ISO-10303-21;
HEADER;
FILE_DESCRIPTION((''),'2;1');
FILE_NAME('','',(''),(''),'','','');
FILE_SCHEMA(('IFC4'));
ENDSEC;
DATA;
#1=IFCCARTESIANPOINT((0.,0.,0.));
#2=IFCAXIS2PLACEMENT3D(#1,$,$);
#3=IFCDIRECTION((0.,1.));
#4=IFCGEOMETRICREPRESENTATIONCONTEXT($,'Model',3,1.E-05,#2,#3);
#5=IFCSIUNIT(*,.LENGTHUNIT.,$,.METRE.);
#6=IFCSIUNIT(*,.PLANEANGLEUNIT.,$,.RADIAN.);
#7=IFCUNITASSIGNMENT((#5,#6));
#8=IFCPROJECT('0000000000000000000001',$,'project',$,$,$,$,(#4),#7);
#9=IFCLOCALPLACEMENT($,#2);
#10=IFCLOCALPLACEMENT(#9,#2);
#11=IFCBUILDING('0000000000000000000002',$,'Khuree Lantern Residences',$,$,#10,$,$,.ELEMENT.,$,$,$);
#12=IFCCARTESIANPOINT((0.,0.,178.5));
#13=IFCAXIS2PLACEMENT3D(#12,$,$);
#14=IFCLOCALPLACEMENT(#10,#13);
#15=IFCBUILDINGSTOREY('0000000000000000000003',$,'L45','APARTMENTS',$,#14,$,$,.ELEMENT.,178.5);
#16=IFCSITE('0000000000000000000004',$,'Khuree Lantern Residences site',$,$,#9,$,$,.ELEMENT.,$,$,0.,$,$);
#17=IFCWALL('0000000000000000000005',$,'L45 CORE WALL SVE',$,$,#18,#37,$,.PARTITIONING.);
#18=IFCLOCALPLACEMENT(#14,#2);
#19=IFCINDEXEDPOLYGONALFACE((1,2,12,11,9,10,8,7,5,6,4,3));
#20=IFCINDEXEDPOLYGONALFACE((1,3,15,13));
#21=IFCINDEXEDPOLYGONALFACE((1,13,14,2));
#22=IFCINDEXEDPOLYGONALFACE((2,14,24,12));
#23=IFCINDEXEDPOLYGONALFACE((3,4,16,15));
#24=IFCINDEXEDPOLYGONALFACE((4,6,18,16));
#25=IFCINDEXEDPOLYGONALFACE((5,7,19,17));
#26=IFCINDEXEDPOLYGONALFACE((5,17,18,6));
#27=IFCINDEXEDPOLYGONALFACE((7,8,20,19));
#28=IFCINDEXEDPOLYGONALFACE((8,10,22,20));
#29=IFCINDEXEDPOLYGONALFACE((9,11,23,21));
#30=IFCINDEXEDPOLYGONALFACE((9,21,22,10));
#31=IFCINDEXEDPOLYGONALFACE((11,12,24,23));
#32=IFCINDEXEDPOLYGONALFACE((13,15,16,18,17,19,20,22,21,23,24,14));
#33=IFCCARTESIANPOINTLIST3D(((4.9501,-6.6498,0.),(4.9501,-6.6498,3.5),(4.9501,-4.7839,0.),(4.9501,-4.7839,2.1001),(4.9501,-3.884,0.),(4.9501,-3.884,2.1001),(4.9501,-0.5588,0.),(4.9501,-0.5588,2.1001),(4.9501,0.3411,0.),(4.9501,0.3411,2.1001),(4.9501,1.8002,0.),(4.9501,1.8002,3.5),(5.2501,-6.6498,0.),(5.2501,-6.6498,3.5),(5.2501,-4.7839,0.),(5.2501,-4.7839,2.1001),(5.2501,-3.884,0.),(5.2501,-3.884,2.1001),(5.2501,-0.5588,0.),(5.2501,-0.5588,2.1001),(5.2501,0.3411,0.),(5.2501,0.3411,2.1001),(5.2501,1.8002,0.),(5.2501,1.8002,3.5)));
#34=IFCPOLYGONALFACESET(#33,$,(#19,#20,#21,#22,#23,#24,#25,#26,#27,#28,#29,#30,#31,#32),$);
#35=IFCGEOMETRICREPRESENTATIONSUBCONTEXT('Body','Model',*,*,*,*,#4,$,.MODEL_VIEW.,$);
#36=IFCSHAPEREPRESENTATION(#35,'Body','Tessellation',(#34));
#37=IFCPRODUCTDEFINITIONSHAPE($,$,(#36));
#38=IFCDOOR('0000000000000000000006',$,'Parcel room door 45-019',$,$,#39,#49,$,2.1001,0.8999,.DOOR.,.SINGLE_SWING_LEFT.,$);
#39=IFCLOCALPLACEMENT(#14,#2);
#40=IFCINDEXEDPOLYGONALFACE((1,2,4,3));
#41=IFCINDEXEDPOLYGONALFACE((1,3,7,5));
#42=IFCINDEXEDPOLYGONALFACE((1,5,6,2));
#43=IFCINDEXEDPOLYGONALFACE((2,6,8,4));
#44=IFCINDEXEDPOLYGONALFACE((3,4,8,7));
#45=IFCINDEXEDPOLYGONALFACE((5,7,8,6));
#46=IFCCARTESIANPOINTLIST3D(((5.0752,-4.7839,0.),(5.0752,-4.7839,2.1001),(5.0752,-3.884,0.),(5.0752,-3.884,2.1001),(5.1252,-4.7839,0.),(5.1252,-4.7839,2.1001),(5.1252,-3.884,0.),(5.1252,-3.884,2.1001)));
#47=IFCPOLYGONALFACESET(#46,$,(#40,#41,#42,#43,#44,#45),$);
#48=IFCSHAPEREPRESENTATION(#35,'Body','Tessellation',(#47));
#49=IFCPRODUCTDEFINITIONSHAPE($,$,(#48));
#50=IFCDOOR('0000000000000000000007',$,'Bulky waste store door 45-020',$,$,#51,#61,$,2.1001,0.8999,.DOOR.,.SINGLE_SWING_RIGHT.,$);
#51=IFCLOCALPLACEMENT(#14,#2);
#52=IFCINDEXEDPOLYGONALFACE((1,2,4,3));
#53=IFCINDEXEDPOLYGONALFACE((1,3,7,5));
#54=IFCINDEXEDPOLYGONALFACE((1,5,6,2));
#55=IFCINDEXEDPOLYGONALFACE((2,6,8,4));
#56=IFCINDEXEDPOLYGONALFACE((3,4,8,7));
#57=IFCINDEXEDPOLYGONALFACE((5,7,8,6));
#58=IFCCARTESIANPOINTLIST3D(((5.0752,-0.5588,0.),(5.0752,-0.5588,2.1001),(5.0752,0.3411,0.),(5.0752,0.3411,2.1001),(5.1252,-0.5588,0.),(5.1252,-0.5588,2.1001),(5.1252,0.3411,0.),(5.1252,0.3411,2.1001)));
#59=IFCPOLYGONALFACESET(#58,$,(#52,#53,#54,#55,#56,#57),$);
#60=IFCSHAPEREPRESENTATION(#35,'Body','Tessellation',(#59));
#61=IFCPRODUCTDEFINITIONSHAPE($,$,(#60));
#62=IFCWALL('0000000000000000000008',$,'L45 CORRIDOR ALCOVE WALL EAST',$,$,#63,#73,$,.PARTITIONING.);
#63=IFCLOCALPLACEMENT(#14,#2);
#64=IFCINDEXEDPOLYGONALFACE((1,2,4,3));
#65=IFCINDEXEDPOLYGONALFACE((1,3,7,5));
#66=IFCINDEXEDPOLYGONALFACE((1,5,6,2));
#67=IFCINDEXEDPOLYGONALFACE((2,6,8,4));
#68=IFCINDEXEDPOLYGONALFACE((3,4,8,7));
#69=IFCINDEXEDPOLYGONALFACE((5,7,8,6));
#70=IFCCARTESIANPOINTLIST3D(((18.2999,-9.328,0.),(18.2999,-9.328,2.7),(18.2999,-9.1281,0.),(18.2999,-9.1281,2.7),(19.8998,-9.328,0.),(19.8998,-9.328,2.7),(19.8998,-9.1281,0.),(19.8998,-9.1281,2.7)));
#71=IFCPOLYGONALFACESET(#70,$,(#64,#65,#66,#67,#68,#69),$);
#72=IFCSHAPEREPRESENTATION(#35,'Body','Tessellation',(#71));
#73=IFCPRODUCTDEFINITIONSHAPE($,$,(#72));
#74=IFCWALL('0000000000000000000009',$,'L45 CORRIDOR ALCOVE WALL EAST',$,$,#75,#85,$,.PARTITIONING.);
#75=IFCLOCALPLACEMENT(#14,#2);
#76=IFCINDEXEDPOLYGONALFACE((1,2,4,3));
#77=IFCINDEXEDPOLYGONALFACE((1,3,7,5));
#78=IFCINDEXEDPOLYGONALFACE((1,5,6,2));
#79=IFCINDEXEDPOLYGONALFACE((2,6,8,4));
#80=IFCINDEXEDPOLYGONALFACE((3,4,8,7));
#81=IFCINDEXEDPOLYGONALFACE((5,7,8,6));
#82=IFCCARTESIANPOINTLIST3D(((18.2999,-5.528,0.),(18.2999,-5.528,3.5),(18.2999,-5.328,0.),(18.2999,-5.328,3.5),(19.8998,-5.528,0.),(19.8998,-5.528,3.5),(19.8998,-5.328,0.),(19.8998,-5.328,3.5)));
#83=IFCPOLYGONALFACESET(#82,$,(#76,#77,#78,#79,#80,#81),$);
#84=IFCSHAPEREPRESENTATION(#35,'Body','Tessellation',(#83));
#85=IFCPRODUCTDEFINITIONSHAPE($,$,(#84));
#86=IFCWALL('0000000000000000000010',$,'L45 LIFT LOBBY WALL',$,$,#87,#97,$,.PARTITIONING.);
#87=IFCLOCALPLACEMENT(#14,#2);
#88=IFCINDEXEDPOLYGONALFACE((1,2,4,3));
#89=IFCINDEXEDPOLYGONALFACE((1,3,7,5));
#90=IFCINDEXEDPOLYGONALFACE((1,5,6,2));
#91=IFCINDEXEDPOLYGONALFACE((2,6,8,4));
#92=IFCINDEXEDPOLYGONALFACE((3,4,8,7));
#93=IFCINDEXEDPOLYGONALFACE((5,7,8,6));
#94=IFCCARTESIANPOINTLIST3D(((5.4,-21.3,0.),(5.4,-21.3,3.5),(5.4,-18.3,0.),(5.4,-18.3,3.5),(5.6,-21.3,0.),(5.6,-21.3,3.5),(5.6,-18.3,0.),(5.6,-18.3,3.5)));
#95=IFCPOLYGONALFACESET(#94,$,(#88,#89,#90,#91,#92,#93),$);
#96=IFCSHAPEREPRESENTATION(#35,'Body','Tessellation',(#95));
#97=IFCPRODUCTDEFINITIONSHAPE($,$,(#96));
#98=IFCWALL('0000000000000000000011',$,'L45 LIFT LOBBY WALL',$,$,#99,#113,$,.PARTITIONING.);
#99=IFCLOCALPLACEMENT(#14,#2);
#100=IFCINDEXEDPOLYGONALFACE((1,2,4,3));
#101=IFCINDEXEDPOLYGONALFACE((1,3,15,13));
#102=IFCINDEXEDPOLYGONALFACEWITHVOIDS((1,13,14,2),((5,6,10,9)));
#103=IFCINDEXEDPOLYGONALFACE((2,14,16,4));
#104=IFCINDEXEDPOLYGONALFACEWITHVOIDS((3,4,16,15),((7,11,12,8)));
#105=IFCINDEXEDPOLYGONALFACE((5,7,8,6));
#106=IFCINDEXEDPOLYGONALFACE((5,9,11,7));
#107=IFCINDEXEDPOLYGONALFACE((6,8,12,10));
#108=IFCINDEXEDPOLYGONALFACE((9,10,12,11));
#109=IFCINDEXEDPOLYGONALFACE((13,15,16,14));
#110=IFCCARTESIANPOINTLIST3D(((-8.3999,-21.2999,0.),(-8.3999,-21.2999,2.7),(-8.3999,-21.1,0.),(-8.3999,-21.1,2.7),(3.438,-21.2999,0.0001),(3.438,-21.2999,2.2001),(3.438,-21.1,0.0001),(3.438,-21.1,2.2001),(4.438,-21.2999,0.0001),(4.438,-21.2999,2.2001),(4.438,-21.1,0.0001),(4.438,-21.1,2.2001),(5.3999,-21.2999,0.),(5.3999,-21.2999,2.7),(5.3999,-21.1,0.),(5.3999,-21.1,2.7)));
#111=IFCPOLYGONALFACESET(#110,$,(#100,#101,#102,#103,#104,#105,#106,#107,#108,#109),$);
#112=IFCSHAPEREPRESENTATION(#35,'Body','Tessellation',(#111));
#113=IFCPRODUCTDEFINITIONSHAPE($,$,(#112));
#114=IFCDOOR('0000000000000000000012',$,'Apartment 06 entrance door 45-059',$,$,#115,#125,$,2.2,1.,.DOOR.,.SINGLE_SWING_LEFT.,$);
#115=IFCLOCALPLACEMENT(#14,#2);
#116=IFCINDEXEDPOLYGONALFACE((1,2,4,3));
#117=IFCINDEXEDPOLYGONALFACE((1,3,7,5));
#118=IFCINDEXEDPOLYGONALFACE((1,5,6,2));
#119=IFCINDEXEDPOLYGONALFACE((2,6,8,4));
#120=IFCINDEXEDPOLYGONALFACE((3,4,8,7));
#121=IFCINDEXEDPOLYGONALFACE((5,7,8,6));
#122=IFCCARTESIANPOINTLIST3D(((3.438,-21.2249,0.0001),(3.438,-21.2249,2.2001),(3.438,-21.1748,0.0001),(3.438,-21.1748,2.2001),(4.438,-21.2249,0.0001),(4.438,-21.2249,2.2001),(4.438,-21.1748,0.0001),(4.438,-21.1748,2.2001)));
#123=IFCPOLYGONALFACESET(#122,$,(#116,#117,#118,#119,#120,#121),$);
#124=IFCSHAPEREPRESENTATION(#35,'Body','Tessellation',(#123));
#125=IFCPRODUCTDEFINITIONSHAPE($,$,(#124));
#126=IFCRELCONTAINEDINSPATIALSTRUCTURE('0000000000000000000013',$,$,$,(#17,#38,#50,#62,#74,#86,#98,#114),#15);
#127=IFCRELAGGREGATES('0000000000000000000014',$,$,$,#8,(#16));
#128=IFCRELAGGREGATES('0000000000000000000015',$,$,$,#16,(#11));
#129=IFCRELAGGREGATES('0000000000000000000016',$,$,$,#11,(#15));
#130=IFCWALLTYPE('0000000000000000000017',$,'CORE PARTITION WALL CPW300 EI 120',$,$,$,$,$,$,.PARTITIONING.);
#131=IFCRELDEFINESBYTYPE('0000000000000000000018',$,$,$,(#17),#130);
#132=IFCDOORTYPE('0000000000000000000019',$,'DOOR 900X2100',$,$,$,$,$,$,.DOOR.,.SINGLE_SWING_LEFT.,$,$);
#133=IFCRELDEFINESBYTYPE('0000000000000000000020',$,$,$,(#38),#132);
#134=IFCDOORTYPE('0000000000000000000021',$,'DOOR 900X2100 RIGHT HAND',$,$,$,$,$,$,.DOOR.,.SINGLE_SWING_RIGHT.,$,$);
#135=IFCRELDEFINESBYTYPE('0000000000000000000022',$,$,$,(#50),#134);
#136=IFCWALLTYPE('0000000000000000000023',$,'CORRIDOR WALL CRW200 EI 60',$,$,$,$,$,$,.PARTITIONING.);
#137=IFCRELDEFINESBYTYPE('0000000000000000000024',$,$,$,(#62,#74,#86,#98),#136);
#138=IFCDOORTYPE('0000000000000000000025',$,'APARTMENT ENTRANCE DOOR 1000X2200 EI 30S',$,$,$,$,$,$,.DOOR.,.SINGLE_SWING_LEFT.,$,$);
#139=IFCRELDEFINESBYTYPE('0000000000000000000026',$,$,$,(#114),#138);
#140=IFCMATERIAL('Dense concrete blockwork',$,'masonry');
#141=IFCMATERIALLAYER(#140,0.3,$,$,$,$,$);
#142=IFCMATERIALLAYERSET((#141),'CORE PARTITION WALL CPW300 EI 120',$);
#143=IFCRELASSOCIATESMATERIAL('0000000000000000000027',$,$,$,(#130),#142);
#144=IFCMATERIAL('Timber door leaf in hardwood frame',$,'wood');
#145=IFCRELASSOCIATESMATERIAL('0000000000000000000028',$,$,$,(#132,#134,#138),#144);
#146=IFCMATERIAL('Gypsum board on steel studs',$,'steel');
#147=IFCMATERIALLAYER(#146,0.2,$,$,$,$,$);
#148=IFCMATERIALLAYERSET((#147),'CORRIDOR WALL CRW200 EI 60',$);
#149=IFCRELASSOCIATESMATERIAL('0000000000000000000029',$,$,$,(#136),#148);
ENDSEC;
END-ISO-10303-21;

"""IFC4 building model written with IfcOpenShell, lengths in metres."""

from ifc_helpers import new_model, si_unit, direction, frame, frame_2d, origin, place, context, subcontext, project, spatial, rectangle, extrude, material, layer, layer_set, type_object, element, fill, save


model = new_model("IFC4")

# Units and contexts
model_context = context("Model", 3, precision=1e-05, world=origin(), true_north=direction((0.0, 1.0)))
body_context = subcontext(model_context, "Body", "Model", "MODEL_VIEW")
ifc_project = project(units=[si_unit("LENGTHUNIT", "METRE"), si_unit("PLANEANGLEUNIT", "RADIAN")], contexts=[model_context])

# Site, building, storey
site_placement = place(None, origin())
site = spatial("IfcSite", under=ifc_project, at=site_placement, Name="Khuree Lantern Residences site", CompositionType="ELEMENT", RefElevation=0.0)
building_placement = place(site_placement, origin())
building = spatial("IfcBuilding", under=site, at=building_placement, Name="Khuree Lantern Residences", CompositionType="ELEMENT")
storey_placement = place(building_placement, frame((0.0, 0.0, 178.5)))
storey = spatial("IfcBuildingStorey", under=building, at=storey_placement, Name="L45", Description="APARTMENTS", CompositionType="ELEMENT", Elevation=178.5)

# Shared definitions
ifc_material_1 = material(Name="Timber door leaf in hardwood frame", Category="wood")

# Shared definitions
ifc_material_2 = material(Name="Dense concrete blockwork", Category="masonry")
ifc_layer_1 = layer(ifc_material_2, 0.3)
ifc_layer_set_1 = layer_set([ifc_layer_1], Name="CORE PARTITION WALL CPW300 EI 120")
wall_type_1 = type_object("IfcWallType", Name="CORE PARTITION WALL CPW300 EI 120", PredefinedType="PARTITIONING", material=ifc_layer_set_1)

# Wall, openings, doors
wall_1_placement = place(storey_placement, frame((5.1001, -6.6499, 0.0), z_axis=(0.0, 0.0, 1.0), x_axis=(0.0, 1.0, 0.0)))
wall_1 = element("IfcWall", 1, at=wall_1_placement, inside=storey, type_object=wall_type_1, Name="L45 CORE WALL SVE", PredefinedType="PARTITIONING", context=body_context, shape_type="SweptSolid", body=[
    extrude(rectangle(XDim=8.45, YDim=0.3, at=frame_2d((4.2251, 0.0))), origin(), (0.0, 0.0, 1.0), 3.5),
])
opening_1_placement = place(wall_1_placement, frame((1.866, 0.0, 0.0)))
opening_1 = element("IfcOpeningElement", 2, at=opening_1_placement, cuts=wall_1, PredefinedType="OPENING", context=body_context, shape_type="SweptSolid", body=[
    extrude(rectangle(XDim=0.8999, YDim=2.1001, at=frame_2d((0.45, 1.05))), frame((0.0, 0.1602, 0.0), z_axis=(0.0, -1.0, 0.0), x_axis=(1.0, 0.0, 0.0)), (0.0, 0.0, 1.0), 0.3201),
])
opening_2_placement = place(wall_1_placement, frame((6.0911, 0.0, 0.0)))
opening_2 = element("IfcOpeningElement", 3, at=opening_2_placement, cuts=wall_1, PredefinedType="OPENING", context=body_context, shape_type="SweptSolid", body=[
    extrude(rectangle(XDim=0.8999, YDim=2.1001, at=frame_2d((0.45, 1.05))), frame((0.0, 0.1602, 0.0), z_axis=(0.0, -1.0, 0.0), x_axis=(1.0, 0.0, 0.0)), (0.0, 0.0, 1.0), 0.3201),
])
door_type_1 = type_object("IfcDoorType", Name="DOOR 900X2100", OperationType="SINGLE_SWING_LEFT", PredefinedType="DOOR", material=ifc_material_1)
door_1_placement = place(opening_1_placement, origin())
door_1 = element("IfcDoor", 4, at=door_1_placement, inside=storey, type_object=door_type_1, Name="Parcel room door 45-019", OperationType="SINGLE_SWING_LEFT", OverallHeight=2.1001, OverallWidth=0.8999, PredefinedType="DOOR", context=body_context, shape_type="SweptSolid", body=[
    extrude(rectangle(XDim=0.8999, YDim=2.1001, at=frame_2d((0.45, 1.05))), frame((0.0, 0.0249, 0.0), z_axis=(0.0, -1.0, 0.0), x_axis=(1.0, 0.0, 0.0)), (0.0, 0.0, 1.0), 0.05),
])
fill(opening_1, door_1)
door_type_2 = type_object("IfcDoorType", Name="DOOR 900X2100 RIGHT HAND", OperationType="SINGLE_SWING_RIGHT", PredefinedType="DOOR", material=ifc_material_1)
door_2_placement = place(opening_2_placement, origin())
door_2 = element("IfcDoor", 5, at=door_2_placement, inside=storey, type_object=door_type_2, Name="Bulky waste store door 45-020", OperationType="SINGLE_SWING_RIGHT", OverallHeight=2.1001, OverallWidth=0.8999, PredefinedType="DOOR", context=body_context, shape_type="SweptSolid", body=[
    extrude(rectangle(XDim=0.8999, YDim=2.1001, at=frame_2d((0.45, 1.05))), frame((0.0, 0.0249, 0.0), z_axis=(0.0, -1.0, 0.0), x_axis=(1.0, 0.0, 0.0)), (0.0, 0.0, 1.0), 0.05),
])
fill(opening_2, door_2)

# Walls
ifc_material_3 = material(Name="Gypsum board on steel studs", Category="steel")
ifc_layer_2 = layer(ifc_material_3, 0.2)
ifc_layer_set_2 = layer_set([ifc_layer_2], Name="CORRIDOR WALL CRW200 EI 60")
wall_type_2 = type_object("IfcWallType", Name="CORRIDOR WALL CRW200 EI 60", PredefinedType="PARTITIONING", material=ifc_layer_set_2)
wall_2_placement = place(storey_placement, frame((18.3, -9.228, 0.0), z_axis=(0.0, 0.0, 1.0), x_axis=(1.0, 0.0, 0.0)))
element("IfcWall", 6, at=wall_2_placement, inside=storey, type_object=wall_type_2, Name="L45 CORRIDOR ALCOVE WALL EAST", PredefinedType="PARTITIONING", context=body_context, shape_type="SweptSolid", body=[
    extrude(rectangle(XDim=1.5999, YDim=0.2, at=frame_2d((0.7998, 0.0))), origin(), (0.0, 0.0, 1.0), 2.7),
])
wall_3_placement = place(storey_placement, frame((18.3, -5.428, 0.0), z_axis=(0.0, 0.0, 1.0), x_axis=(1.0, 0.0, 0.0)))
element("IfcWall", 7, at=wall_3_placement, inside=storey, type_object=wall_type_2, Name="L45 CORRIDOR ALCOVE WALL EAST", PredefinedType="PARTITIONING", context=body_context, shape_type="SweptSolid", body=[
    extrude(rectangle(XDim=1.5999, YDim=0.2, at=frame_2d((0.7998, 0.0))), origin(), (0.0, 0.0, 1.0), 3.5),
])
wall_4_placement = place(storey_placement, frame((5.5, -18.3, 0.0), z_axis=(0.0, 0.0, 1.0), x_axis=(0.0, -1.0, 0.0)))
element("IfcWall", 8, at=wall_4_placement, inside=storey, type_object=wall_type_2, Name="L45 LIFT LOBBY WALL", PredefinedType="PARTITIONING", context=body_context, shape_type="SweptSolid", body=[
    extrude(rectangle(XDim=3.0, YDim=0.2, at=frame_2d((1.5, 0.0))), origin(), (0.0, 0.0, 1.0), 3.5),
])

# Wall, opening, door
wall_5_placement = place(storey_placement, frame((5.3999, -21.2, 0.0), z_axis=(0.0, 0.0, 1.0), x_axis=(-1.0, 0.0, 0.0)))
wall_5 = element("IfcWall", 9, at=wall_5_placement, inside=storey, type_object=wall_type_2, Name="L45 LIFT LOBBY WALL", PredefinedType="PARTITIONING", context=body_context, shape_type="SweptSolid", body=[
    extrude(rectangle(XDim=13.7998, YDim=0.2, at=frame_2d((6.8999, 0.0))), origin(), (0.0, 0.0, 1.0), 2.7),
])
opening_3_placement = place(wall_5_placement, frame((0.9619, 0.0, 0.0)))
opening_3 = element("IfcOpeningElement", 10, at=opening_3_placement, cuts=wall_5, PredefinedType="OPENING", context=body_context, shape_type="SweptSolid", body=[
    extrude(rectangle(XDim=1.0, YDim=2.2, at=frame_2d((0.5, 1.1001))), frame((0.0, 0.1099, 0.0), z_axis=(0.0, -1.0, 0.0), x_axis=(1.0, 0.0, 0.0)), (0.0, 0.0, 1.0), 0.22),
])
door_type_3 = type_object("IfcDoorType", Name="APARTMENT ENTRANCE DOOR 1000X2200 EI 30S", OperationType="SINGLE_SWING_LEFT", PredefinedType="DOOR", material=ifc_material_1)
door_3_placement = place(opening_3_placement, origin())
door_3 = element("IfcDoor", 11, at=door_3_placement, inside=storey, type_object=door_type_3, Name="Apartment 06 entrance door 45-059", OperationType="SINGLE_SWING_LEFT", OverallHeight=2.2, OverallWidth=1.0, PredefinedType="DOOR", context=body_context, shape_type="SweptSolid", body=[
    extrude(rectangle(XDim=1.0, YDim=2.2, at=frame_2d((0.5, 1.1001))), frame((0.0, 0.0249, 0.0), z_axis=(0.0, -1.0, 0.0), x_axis=(1.0, 0.0, 0.0)), (0.0, 0.0, 1.0), 0.05),
])
fill(opening_3, door_3)

save(model, "model.ifc")
